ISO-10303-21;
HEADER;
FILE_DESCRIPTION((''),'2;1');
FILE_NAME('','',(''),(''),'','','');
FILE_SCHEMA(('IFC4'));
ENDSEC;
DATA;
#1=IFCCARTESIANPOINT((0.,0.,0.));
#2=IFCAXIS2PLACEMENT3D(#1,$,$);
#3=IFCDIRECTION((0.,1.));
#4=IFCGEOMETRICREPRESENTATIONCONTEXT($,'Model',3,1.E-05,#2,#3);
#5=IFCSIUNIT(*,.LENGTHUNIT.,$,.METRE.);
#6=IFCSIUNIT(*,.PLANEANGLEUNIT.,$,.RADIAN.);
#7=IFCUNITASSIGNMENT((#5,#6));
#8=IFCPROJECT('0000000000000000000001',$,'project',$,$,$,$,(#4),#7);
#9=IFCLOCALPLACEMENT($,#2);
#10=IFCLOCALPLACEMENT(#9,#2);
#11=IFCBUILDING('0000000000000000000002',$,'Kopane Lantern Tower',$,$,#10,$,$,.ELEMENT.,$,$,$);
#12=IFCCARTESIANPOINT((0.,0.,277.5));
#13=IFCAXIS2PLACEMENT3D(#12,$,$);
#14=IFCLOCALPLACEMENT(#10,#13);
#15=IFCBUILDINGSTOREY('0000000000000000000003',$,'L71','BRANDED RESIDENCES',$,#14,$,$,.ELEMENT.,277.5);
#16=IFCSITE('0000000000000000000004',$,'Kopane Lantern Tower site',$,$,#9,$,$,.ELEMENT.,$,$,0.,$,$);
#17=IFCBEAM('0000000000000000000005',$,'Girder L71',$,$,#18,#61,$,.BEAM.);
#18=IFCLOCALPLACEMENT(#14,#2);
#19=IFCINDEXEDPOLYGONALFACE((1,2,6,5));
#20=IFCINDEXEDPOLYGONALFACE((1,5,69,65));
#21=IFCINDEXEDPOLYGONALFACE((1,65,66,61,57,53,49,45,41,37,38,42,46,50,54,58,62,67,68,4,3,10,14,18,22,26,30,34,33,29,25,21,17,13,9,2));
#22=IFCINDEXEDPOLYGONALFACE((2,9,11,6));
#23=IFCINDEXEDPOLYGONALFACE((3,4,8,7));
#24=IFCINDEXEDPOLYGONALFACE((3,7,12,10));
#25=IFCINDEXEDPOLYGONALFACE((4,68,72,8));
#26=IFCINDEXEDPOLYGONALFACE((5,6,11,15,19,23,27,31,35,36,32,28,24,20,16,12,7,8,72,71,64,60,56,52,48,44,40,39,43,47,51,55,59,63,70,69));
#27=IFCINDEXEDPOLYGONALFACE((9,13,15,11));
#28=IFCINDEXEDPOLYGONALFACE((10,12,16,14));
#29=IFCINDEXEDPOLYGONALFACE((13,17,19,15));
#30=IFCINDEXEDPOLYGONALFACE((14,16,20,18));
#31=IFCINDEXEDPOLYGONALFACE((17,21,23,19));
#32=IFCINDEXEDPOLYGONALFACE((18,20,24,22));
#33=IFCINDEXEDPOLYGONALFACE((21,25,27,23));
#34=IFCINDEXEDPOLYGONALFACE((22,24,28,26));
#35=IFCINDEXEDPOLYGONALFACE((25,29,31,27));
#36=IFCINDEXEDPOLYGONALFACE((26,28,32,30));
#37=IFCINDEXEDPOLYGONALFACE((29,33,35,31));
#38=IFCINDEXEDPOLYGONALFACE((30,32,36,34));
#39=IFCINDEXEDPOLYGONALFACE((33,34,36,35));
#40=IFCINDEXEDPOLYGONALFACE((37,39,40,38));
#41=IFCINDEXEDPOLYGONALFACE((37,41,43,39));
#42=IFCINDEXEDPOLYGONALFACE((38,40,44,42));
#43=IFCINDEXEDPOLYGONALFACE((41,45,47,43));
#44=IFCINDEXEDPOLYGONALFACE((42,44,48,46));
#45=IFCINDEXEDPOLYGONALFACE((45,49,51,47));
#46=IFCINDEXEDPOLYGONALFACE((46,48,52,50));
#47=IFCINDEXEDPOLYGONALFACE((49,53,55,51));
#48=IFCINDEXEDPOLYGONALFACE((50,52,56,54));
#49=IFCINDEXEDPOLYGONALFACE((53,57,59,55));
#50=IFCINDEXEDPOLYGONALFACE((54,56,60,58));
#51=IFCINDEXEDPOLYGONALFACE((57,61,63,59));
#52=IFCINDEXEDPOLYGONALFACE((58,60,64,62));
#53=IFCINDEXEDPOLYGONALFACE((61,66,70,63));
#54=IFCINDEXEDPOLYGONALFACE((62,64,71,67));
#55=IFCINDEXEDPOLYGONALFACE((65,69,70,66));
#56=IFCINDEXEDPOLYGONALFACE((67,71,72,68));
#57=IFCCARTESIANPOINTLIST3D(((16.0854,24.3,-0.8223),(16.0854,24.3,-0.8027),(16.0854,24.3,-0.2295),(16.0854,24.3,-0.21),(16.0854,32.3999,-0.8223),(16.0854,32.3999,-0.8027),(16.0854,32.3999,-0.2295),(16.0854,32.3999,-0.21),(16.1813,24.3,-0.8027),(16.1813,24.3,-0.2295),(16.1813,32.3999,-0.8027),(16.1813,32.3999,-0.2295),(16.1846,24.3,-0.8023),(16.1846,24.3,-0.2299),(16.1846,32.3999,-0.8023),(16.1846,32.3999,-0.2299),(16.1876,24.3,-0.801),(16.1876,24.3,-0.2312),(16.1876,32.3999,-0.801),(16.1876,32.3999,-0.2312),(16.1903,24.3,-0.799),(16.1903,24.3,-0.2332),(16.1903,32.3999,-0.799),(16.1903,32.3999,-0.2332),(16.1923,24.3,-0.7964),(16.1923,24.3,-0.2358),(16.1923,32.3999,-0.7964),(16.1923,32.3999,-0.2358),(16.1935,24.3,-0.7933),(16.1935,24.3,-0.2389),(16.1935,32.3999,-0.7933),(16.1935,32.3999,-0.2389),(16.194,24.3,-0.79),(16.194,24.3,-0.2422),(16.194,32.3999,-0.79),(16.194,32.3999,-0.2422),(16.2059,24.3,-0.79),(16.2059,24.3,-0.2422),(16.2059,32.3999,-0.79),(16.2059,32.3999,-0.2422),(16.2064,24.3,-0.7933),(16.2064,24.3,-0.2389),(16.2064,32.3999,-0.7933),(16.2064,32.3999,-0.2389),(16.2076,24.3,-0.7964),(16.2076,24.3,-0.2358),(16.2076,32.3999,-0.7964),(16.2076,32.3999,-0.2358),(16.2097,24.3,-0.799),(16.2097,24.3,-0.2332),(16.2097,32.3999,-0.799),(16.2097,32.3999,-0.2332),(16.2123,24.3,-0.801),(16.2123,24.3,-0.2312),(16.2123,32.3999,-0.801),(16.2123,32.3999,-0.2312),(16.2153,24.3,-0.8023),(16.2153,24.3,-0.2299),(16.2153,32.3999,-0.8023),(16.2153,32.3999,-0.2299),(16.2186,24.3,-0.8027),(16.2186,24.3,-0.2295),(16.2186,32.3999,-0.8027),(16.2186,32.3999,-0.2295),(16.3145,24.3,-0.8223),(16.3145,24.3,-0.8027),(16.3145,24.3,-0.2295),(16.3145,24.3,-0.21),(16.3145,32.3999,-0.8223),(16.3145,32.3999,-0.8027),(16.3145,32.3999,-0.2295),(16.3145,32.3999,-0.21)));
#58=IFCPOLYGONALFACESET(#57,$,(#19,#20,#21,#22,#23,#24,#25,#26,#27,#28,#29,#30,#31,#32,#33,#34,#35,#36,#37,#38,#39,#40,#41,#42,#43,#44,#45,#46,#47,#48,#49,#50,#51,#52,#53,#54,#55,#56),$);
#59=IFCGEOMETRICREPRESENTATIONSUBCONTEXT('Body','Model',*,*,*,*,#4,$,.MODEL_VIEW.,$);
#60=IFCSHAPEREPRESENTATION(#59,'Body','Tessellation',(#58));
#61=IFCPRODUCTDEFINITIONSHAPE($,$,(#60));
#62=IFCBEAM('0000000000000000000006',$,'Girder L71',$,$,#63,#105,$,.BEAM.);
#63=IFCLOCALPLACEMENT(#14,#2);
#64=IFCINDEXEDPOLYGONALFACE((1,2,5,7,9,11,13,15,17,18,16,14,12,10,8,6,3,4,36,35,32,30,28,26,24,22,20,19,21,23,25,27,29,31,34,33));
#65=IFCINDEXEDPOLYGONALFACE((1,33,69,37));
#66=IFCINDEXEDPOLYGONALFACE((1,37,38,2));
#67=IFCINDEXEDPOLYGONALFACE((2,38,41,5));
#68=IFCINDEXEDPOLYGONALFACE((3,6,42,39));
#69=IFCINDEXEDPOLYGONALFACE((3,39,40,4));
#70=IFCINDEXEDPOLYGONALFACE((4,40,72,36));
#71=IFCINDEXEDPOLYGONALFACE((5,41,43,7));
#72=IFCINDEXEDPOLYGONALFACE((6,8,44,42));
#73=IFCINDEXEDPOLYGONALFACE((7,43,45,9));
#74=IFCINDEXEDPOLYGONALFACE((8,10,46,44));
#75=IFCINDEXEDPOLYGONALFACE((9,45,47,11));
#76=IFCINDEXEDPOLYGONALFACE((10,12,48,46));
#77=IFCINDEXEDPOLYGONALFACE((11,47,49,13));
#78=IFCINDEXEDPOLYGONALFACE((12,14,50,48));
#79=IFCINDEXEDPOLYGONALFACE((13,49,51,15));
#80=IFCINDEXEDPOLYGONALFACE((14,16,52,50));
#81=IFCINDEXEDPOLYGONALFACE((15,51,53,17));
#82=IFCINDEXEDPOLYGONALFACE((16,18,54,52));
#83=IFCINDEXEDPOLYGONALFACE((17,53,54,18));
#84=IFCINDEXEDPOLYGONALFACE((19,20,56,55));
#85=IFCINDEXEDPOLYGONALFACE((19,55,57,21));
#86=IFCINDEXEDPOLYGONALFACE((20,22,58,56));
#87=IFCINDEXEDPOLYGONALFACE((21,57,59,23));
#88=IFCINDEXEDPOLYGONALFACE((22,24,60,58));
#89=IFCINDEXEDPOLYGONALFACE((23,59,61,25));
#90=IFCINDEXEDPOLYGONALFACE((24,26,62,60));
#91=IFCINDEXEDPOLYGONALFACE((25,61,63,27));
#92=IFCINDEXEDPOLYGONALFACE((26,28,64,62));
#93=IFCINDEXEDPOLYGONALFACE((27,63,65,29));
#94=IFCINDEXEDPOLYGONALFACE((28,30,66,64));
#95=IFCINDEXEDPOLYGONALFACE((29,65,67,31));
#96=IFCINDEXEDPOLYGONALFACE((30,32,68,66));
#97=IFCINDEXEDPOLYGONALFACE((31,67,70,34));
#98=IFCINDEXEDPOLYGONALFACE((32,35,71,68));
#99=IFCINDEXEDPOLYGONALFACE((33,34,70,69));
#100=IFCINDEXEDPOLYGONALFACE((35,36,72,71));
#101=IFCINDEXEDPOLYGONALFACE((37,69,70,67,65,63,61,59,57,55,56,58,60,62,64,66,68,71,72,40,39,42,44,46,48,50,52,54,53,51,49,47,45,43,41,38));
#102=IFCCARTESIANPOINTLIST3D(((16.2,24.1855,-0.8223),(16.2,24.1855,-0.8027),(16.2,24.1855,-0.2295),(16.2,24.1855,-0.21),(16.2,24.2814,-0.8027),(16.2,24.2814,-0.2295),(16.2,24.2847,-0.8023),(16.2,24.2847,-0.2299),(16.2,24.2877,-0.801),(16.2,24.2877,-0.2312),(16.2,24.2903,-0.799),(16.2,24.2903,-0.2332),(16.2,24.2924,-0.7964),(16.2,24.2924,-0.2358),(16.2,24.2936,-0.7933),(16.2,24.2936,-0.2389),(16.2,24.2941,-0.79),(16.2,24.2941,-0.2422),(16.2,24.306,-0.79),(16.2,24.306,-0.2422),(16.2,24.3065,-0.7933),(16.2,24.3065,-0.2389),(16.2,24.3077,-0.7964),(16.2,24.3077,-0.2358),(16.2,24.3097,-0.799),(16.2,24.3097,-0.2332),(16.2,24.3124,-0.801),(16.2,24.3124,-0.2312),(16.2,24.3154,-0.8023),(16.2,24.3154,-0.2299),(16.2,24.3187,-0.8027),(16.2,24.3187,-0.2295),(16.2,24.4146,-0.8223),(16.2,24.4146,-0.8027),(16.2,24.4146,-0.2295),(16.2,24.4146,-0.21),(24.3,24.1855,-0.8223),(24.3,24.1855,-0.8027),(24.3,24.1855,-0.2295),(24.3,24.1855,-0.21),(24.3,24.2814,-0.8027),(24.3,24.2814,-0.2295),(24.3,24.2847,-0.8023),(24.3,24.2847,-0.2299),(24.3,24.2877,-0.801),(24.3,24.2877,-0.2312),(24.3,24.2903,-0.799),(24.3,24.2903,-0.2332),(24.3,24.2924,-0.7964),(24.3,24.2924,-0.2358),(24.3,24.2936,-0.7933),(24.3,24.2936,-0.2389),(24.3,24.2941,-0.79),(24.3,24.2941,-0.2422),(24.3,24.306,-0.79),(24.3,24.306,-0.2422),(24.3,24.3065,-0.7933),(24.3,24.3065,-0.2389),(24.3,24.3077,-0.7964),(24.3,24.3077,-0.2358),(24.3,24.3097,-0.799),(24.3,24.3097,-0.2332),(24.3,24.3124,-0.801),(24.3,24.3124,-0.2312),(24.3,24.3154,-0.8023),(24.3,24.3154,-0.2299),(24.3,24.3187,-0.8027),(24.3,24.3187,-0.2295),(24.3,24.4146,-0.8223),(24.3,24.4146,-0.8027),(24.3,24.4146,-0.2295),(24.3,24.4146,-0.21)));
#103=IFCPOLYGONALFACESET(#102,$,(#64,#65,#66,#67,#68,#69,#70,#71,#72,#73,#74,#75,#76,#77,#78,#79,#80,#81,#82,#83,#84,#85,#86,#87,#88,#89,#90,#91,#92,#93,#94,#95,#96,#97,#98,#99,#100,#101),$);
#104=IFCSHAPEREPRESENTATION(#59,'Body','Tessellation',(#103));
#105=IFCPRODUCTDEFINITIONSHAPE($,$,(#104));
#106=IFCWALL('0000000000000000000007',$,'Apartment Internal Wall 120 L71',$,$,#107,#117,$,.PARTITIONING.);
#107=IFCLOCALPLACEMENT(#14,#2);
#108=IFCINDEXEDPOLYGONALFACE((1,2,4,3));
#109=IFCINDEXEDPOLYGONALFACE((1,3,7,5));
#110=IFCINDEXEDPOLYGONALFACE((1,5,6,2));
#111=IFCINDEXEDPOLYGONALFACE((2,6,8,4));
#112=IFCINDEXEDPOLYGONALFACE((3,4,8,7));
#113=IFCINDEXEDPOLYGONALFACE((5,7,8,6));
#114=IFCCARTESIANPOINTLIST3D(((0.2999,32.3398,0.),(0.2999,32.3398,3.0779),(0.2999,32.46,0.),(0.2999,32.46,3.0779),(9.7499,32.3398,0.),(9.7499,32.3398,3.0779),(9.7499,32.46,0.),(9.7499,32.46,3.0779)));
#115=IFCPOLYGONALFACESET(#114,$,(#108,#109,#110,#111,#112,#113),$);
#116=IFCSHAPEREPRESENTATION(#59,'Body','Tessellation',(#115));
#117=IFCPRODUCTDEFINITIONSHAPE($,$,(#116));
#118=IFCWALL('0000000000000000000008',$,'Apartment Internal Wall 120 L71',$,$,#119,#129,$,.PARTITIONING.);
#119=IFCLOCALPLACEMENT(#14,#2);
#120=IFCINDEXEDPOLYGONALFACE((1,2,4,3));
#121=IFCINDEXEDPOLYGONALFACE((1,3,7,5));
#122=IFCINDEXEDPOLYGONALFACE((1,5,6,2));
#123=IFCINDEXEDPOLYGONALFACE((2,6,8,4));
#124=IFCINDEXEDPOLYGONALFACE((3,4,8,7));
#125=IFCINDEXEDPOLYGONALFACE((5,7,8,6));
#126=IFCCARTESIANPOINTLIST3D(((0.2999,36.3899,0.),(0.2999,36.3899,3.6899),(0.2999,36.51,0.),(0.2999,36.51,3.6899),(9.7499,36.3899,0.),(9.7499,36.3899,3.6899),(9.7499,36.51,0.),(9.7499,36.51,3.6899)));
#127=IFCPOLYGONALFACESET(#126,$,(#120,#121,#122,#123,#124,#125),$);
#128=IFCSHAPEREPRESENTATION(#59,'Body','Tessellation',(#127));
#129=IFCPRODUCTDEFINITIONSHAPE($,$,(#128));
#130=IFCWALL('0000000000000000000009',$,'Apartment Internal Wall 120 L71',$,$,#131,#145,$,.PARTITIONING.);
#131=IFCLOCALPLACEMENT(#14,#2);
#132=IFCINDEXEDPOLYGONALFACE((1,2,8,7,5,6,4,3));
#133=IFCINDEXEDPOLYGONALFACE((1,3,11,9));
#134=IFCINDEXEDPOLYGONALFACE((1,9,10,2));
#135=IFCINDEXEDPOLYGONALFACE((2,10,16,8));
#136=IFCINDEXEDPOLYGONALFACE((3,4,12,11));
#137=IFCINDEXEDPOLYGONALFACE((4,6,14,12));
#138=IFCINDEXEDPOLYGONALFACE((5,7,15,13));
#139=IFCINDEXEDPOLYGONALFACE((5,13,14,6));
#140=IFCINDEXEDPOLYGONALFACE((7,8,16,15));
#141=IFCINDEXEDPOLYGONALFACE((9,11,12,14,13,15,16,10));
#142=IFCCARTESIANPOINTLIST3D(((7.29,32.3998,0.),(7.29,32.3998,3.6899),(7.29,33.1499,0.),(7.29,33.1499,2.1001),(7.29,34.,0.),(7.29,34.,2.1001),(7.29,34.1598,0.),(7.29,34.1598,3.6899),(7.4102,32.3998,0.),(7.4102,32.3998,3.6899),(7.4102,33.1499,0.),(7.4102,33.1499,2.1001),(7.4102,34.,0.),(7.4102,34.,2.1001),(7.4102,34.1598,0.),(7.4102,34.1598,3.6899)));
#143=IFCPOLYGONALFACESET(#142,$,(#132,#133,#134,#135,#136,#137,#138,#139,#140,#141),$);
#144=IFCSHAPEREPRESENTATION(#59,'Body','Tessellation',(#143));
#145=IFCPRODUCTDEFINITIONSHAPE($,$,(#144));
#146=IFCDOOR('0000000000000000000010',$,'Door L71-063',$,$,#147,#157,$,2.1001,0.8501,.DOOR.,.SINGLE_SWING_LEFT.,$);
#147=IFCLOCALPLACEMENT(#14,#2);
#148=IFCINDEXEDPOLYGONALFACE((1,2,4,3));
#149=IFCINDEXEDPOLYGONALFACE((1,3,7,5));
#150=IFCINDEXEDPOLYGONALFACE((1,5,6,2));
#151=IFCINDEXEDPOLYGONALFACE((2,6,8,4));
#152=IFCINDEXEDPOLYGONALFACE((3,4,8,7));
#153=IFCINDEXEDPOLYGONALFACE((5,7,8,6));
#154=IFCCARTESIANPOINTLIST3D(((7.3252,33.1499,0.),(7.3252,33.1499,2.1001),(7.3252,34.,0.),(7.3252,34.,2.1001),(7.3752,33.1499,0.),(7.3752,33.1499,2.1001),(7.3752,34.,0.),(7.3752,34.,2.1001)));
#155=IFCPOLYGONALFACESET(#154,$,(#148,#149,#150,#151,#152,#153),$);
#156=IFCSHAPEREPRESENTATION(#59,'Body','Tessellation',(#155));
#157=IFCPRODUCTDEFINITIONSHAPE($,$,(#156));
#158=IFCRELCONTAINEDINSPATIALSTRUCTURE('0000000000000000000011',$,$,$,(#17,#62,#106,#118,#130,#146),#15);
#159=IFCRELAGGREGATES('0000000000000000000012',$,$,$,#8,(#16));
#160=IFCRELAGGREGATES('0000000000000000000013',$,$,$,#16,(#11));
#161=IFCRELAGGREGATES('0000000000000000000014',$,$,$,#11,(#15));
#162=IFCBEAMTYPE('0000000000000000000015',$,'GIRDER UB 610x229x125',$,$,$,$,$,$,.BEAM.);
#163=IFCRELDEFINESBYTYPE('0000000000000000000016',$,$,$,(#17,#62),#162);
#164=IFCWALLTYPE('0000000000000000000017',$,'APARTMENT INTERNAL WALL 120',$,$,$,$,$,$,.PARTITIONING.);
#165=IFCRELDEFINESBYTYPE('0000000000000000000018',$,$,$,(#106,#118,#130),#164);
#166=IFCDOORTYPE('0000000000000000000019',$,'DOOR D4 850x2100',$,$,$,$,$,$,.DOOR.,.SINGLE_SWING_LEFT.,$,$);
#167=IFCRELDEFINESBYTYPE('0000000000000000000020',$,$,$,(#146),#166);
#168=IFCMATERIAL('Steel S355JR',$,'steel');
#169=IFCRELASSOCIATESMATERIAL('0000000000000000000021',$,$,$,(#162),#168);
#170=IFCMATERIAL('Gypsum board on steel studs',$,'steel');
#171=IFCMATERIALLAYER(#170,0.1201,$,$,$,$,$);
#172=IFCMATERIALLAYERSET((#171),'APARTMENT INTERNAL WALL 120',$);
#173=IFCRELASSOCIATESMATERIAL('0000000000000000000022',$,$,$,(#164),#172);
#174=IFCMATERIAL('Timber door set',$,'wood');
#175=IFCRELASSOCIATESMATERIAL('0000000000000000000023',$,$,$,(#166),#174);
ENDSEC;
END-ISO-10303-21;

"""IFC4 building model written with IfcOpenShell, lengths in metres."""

from ifc_helpers import new_model, si_unit, direction, frame, frame_2d, origin, origin_2d, place, context, subcontext, project, spatial, rectangle, i_section, extrude, material, layer, layer_set, material_profile, profile_set, type_object, element, fill, save


model = new_model("IFC4")

# Units and contexts
model_context = context("Model", 3, precision=1e-05, world=origin(), true_north=direction((0.0, 1.0)))
body_context = subcontext(model_context, "Body", "Model", "MODEL_VIEW")
ifc_project = project(units=[si_unit("LENGTHUNIT", "METRE"), si_unit("PLANEANGLEUNIT", "RADIAN")], contexts=[model_context])

# Site, building, storey
site_placement = place(None, origin())
site = spatial("IfcSite", under=ifc_project, at=site_placement, Name="Kopane Lantern Tower site", CompositionType="ELEMENT", RefElevation=0.0)
building_placement = place(site_placement, origin())
building = spatial("IfcBuilding", under=site, at=building_placement, Name="Kopane Lantern Tower", CompositionType="ELEMENT")
storey_placement = place(building_placement, frame((0.0, 0.0, 277.5)))
storey = spatial("IfcBuildingStorey", under=building, at=storey_placement, Name="L71", Description="BRANDED RESIDENCES", CompositionType="ELEMENT", Elevation=277.5)

# Beams
ifc_material_1 = material(Name="Steel S355JR", Category="steel")
ifc_material_profile_1 = material_profile(ifc_material_1, i_section(OverallWidth=0.229, OverallDepth=0.6123, WebThickness=0.012, FlangeThickness=0.0195, FilletRadius=0.0127, at=origin_2d()), Name="UB 610x229x125")
ifc_profile_set_1 = profile_set([ifc_material_profile_1], Name="Steel S355JR")
beam_type = type_object("IfcBeamType", Name="GIRDER UB 610x229x125", PredefinedType="BEAM", material=ifc_profile_set_1)
for number, where, z_axis, x_axis, name in (
    (1, (16.2, 24.3, -0.5161), (0.0, 1.0, 0.0), (-1.0, 0.0, 0.0), "Girder L71"),
):
    element("IfcBeam", number, at=place(storey_placement, frame(where, z_axis=z_axis, x_axis=x_axis)), inside=storey, type_object=beam_type, Name=name, PredefinedType="BEAM", context=body_context, shape_type="SweptSolid", body=[
        extrude(i_section(OverallWidth=0.229, OverallDepth=0.6123, WebThickness=0.012, FlangeThickness=0.0195, FilletRadius=0.0127, at=origin_2d()), origin(), (0.0, 0.0, 1.0), 8.0999),
    ])
beam_placement = place(storey_placement, frame((16.2, 24.3, -0.5161), z_axis=(1.0, 0.0, 0.0), x_axis=(0.0, 1.0, 0.0)))
element("IfcBeam", 2, at=beam_placement, inside=storey, type_object=beam_type, Name="Girder L71", PredefinedType="BEAM", context=body_context, shape_type="SweptSolid", body=[
    extrude(i_section(OverallWidth=0.229, OverallDepth=0.6123, WebThickness=0.012, FlangeThickness=0.0195, FilletRadius=0.0127, at=origin_2d()), origin(), (0.0, 0.0, 1.0), 8.1001),
])

# Walls
ifc_material_2 = material(Name="Gypsum board on steel studs", Category="steel")
ifc_layer_1 = layer(ifc_material_2, 0.1201)
ifc_layer_set_1 = layer_set([ifc_layer_1], Name="APARTMENT INTERNAL WALL 120")
wall_type_1 = type_object("IfcWallType", Name="APARTMENT INTERNAL WALL 120", PredefinedType="PARTITIONING", material=ifc_layer_set_1)
wall_1_placement = place(storey_placement, frame((9.75, 32.3999, 0.0), z_axis=(0.0, 0.0, 1.0), x_axis=(-1.0, 0.0, 0.0)))
element("IfcWall", 3, at=wall_1_placement, inside=storey, type_object=wall_type_1, Name="Apartment Internal Wall 120 L71", PredefinedType="PARTITIONING", context=body_context, shape_type="SweptSolid", body=[
    extrude(rectangle(XDim=9.45, YDim=0.1201, at=frame_2d((4.7251, 0.0))), origin(), (0.0, 0.0, 1.0), 3.0779),
])
wall_2_placement = place(storey_placement, frame((9.75, 36.45, 0.0), z_axis=(0.0, 0.0, 1.0), x_axis=(-1.0, 0.0, 0.0)))
element("IfcWall", 4, at=wall_2_placement, inside=storey, type_object=wall_type_1, Name="Apartment Internal Wall 120 L71", PredefinedType="PARTITIONING", context=body_context, shape_type="SweptSolid", body=[
    extrude(rectangle(XDim=9.45, YDim=0.1201, at=frame_2d((4.7251, 0.0))), origin(), (0.0, 0.0, 1.0), 3.6899),
])

# Wall, opening, door
wall_3_placement = place(storey_placement, frame((7.3501, 32.3999, 0.0), z_axis=(0.0, 0.0, 1.0), x_axis=(0.0, 1.0, 0.0)))
wall_3 = element("IfcWall", 5, at=wall_3_placement, inside=storey, type_object=wall_type_1, Name="Apartment Internal Wall 120 L71", PredefinedType="PARTITIONING", context=body_context, shape_type="SweptSolid", body=[
    extrude(rectangle(XDim=1.76, YDim=0.1201, at=frame_2d((0.8799, 0.0))), origin(), (0.0, 0.0, 1.0), 3.6899),
])
opening_1_placement = place(wall_3_placement, frame((0.75, 0.0, 0.0)))
opening_1 = element("IfcOpeningElement", 6, at=opening_1_placement, cuts=wall_3, PredefinedType="OPENING", context=body_context, shape_type="SweptSolid", body=[
    extrude(rectangle(XDim=0.8501, YDim=2.1001, at=frame_2d((0.425, 1.05))), frame((0.0, 0.0701, 0.0), z_axis=(0.0, -1.0, 0.0), x_axis=(1.0, 0.0, 0.0)), (0.0, 0.0, 1.0), 0.1401),
])
ifc_material_3 = material(Name="Timber door set", Category="wood")
door_type_1 = type_object("IfcDoorType", Name="DOOR D4 850x2100", OperationType="SINGLE_SWING_LEFT", PredefinedType="DOOR", material=ifc_material_3)
door_1_placement = place(opening_1_placement, origin())
door_1 = element("IfcDoor", 7, at=door_1_placement, inside=storey, type_object=door_type_1, Name="Door L71-063", OperationType="SINGLE_SWING_LEFT", OverallHeight=2.1001, OverallWidth=0.8501, PredefinedType="DOOR", context=body_context, shape_type="SweptSolid", body=[
    extrude(rectangle(XDim=0.8501, YDim=2.1001, at=frame_2d((0.425, 1.05))), frame((0.0, 0.0249, 0.0), z_axis=(0.0, -1.0, 0.0), x_axis=(1.0, 0.0, 0.0)), (0.0, 0.0, 1.0), 0.05),
])
fill(opening_1, door_1)

save(model, "model.ifc")
